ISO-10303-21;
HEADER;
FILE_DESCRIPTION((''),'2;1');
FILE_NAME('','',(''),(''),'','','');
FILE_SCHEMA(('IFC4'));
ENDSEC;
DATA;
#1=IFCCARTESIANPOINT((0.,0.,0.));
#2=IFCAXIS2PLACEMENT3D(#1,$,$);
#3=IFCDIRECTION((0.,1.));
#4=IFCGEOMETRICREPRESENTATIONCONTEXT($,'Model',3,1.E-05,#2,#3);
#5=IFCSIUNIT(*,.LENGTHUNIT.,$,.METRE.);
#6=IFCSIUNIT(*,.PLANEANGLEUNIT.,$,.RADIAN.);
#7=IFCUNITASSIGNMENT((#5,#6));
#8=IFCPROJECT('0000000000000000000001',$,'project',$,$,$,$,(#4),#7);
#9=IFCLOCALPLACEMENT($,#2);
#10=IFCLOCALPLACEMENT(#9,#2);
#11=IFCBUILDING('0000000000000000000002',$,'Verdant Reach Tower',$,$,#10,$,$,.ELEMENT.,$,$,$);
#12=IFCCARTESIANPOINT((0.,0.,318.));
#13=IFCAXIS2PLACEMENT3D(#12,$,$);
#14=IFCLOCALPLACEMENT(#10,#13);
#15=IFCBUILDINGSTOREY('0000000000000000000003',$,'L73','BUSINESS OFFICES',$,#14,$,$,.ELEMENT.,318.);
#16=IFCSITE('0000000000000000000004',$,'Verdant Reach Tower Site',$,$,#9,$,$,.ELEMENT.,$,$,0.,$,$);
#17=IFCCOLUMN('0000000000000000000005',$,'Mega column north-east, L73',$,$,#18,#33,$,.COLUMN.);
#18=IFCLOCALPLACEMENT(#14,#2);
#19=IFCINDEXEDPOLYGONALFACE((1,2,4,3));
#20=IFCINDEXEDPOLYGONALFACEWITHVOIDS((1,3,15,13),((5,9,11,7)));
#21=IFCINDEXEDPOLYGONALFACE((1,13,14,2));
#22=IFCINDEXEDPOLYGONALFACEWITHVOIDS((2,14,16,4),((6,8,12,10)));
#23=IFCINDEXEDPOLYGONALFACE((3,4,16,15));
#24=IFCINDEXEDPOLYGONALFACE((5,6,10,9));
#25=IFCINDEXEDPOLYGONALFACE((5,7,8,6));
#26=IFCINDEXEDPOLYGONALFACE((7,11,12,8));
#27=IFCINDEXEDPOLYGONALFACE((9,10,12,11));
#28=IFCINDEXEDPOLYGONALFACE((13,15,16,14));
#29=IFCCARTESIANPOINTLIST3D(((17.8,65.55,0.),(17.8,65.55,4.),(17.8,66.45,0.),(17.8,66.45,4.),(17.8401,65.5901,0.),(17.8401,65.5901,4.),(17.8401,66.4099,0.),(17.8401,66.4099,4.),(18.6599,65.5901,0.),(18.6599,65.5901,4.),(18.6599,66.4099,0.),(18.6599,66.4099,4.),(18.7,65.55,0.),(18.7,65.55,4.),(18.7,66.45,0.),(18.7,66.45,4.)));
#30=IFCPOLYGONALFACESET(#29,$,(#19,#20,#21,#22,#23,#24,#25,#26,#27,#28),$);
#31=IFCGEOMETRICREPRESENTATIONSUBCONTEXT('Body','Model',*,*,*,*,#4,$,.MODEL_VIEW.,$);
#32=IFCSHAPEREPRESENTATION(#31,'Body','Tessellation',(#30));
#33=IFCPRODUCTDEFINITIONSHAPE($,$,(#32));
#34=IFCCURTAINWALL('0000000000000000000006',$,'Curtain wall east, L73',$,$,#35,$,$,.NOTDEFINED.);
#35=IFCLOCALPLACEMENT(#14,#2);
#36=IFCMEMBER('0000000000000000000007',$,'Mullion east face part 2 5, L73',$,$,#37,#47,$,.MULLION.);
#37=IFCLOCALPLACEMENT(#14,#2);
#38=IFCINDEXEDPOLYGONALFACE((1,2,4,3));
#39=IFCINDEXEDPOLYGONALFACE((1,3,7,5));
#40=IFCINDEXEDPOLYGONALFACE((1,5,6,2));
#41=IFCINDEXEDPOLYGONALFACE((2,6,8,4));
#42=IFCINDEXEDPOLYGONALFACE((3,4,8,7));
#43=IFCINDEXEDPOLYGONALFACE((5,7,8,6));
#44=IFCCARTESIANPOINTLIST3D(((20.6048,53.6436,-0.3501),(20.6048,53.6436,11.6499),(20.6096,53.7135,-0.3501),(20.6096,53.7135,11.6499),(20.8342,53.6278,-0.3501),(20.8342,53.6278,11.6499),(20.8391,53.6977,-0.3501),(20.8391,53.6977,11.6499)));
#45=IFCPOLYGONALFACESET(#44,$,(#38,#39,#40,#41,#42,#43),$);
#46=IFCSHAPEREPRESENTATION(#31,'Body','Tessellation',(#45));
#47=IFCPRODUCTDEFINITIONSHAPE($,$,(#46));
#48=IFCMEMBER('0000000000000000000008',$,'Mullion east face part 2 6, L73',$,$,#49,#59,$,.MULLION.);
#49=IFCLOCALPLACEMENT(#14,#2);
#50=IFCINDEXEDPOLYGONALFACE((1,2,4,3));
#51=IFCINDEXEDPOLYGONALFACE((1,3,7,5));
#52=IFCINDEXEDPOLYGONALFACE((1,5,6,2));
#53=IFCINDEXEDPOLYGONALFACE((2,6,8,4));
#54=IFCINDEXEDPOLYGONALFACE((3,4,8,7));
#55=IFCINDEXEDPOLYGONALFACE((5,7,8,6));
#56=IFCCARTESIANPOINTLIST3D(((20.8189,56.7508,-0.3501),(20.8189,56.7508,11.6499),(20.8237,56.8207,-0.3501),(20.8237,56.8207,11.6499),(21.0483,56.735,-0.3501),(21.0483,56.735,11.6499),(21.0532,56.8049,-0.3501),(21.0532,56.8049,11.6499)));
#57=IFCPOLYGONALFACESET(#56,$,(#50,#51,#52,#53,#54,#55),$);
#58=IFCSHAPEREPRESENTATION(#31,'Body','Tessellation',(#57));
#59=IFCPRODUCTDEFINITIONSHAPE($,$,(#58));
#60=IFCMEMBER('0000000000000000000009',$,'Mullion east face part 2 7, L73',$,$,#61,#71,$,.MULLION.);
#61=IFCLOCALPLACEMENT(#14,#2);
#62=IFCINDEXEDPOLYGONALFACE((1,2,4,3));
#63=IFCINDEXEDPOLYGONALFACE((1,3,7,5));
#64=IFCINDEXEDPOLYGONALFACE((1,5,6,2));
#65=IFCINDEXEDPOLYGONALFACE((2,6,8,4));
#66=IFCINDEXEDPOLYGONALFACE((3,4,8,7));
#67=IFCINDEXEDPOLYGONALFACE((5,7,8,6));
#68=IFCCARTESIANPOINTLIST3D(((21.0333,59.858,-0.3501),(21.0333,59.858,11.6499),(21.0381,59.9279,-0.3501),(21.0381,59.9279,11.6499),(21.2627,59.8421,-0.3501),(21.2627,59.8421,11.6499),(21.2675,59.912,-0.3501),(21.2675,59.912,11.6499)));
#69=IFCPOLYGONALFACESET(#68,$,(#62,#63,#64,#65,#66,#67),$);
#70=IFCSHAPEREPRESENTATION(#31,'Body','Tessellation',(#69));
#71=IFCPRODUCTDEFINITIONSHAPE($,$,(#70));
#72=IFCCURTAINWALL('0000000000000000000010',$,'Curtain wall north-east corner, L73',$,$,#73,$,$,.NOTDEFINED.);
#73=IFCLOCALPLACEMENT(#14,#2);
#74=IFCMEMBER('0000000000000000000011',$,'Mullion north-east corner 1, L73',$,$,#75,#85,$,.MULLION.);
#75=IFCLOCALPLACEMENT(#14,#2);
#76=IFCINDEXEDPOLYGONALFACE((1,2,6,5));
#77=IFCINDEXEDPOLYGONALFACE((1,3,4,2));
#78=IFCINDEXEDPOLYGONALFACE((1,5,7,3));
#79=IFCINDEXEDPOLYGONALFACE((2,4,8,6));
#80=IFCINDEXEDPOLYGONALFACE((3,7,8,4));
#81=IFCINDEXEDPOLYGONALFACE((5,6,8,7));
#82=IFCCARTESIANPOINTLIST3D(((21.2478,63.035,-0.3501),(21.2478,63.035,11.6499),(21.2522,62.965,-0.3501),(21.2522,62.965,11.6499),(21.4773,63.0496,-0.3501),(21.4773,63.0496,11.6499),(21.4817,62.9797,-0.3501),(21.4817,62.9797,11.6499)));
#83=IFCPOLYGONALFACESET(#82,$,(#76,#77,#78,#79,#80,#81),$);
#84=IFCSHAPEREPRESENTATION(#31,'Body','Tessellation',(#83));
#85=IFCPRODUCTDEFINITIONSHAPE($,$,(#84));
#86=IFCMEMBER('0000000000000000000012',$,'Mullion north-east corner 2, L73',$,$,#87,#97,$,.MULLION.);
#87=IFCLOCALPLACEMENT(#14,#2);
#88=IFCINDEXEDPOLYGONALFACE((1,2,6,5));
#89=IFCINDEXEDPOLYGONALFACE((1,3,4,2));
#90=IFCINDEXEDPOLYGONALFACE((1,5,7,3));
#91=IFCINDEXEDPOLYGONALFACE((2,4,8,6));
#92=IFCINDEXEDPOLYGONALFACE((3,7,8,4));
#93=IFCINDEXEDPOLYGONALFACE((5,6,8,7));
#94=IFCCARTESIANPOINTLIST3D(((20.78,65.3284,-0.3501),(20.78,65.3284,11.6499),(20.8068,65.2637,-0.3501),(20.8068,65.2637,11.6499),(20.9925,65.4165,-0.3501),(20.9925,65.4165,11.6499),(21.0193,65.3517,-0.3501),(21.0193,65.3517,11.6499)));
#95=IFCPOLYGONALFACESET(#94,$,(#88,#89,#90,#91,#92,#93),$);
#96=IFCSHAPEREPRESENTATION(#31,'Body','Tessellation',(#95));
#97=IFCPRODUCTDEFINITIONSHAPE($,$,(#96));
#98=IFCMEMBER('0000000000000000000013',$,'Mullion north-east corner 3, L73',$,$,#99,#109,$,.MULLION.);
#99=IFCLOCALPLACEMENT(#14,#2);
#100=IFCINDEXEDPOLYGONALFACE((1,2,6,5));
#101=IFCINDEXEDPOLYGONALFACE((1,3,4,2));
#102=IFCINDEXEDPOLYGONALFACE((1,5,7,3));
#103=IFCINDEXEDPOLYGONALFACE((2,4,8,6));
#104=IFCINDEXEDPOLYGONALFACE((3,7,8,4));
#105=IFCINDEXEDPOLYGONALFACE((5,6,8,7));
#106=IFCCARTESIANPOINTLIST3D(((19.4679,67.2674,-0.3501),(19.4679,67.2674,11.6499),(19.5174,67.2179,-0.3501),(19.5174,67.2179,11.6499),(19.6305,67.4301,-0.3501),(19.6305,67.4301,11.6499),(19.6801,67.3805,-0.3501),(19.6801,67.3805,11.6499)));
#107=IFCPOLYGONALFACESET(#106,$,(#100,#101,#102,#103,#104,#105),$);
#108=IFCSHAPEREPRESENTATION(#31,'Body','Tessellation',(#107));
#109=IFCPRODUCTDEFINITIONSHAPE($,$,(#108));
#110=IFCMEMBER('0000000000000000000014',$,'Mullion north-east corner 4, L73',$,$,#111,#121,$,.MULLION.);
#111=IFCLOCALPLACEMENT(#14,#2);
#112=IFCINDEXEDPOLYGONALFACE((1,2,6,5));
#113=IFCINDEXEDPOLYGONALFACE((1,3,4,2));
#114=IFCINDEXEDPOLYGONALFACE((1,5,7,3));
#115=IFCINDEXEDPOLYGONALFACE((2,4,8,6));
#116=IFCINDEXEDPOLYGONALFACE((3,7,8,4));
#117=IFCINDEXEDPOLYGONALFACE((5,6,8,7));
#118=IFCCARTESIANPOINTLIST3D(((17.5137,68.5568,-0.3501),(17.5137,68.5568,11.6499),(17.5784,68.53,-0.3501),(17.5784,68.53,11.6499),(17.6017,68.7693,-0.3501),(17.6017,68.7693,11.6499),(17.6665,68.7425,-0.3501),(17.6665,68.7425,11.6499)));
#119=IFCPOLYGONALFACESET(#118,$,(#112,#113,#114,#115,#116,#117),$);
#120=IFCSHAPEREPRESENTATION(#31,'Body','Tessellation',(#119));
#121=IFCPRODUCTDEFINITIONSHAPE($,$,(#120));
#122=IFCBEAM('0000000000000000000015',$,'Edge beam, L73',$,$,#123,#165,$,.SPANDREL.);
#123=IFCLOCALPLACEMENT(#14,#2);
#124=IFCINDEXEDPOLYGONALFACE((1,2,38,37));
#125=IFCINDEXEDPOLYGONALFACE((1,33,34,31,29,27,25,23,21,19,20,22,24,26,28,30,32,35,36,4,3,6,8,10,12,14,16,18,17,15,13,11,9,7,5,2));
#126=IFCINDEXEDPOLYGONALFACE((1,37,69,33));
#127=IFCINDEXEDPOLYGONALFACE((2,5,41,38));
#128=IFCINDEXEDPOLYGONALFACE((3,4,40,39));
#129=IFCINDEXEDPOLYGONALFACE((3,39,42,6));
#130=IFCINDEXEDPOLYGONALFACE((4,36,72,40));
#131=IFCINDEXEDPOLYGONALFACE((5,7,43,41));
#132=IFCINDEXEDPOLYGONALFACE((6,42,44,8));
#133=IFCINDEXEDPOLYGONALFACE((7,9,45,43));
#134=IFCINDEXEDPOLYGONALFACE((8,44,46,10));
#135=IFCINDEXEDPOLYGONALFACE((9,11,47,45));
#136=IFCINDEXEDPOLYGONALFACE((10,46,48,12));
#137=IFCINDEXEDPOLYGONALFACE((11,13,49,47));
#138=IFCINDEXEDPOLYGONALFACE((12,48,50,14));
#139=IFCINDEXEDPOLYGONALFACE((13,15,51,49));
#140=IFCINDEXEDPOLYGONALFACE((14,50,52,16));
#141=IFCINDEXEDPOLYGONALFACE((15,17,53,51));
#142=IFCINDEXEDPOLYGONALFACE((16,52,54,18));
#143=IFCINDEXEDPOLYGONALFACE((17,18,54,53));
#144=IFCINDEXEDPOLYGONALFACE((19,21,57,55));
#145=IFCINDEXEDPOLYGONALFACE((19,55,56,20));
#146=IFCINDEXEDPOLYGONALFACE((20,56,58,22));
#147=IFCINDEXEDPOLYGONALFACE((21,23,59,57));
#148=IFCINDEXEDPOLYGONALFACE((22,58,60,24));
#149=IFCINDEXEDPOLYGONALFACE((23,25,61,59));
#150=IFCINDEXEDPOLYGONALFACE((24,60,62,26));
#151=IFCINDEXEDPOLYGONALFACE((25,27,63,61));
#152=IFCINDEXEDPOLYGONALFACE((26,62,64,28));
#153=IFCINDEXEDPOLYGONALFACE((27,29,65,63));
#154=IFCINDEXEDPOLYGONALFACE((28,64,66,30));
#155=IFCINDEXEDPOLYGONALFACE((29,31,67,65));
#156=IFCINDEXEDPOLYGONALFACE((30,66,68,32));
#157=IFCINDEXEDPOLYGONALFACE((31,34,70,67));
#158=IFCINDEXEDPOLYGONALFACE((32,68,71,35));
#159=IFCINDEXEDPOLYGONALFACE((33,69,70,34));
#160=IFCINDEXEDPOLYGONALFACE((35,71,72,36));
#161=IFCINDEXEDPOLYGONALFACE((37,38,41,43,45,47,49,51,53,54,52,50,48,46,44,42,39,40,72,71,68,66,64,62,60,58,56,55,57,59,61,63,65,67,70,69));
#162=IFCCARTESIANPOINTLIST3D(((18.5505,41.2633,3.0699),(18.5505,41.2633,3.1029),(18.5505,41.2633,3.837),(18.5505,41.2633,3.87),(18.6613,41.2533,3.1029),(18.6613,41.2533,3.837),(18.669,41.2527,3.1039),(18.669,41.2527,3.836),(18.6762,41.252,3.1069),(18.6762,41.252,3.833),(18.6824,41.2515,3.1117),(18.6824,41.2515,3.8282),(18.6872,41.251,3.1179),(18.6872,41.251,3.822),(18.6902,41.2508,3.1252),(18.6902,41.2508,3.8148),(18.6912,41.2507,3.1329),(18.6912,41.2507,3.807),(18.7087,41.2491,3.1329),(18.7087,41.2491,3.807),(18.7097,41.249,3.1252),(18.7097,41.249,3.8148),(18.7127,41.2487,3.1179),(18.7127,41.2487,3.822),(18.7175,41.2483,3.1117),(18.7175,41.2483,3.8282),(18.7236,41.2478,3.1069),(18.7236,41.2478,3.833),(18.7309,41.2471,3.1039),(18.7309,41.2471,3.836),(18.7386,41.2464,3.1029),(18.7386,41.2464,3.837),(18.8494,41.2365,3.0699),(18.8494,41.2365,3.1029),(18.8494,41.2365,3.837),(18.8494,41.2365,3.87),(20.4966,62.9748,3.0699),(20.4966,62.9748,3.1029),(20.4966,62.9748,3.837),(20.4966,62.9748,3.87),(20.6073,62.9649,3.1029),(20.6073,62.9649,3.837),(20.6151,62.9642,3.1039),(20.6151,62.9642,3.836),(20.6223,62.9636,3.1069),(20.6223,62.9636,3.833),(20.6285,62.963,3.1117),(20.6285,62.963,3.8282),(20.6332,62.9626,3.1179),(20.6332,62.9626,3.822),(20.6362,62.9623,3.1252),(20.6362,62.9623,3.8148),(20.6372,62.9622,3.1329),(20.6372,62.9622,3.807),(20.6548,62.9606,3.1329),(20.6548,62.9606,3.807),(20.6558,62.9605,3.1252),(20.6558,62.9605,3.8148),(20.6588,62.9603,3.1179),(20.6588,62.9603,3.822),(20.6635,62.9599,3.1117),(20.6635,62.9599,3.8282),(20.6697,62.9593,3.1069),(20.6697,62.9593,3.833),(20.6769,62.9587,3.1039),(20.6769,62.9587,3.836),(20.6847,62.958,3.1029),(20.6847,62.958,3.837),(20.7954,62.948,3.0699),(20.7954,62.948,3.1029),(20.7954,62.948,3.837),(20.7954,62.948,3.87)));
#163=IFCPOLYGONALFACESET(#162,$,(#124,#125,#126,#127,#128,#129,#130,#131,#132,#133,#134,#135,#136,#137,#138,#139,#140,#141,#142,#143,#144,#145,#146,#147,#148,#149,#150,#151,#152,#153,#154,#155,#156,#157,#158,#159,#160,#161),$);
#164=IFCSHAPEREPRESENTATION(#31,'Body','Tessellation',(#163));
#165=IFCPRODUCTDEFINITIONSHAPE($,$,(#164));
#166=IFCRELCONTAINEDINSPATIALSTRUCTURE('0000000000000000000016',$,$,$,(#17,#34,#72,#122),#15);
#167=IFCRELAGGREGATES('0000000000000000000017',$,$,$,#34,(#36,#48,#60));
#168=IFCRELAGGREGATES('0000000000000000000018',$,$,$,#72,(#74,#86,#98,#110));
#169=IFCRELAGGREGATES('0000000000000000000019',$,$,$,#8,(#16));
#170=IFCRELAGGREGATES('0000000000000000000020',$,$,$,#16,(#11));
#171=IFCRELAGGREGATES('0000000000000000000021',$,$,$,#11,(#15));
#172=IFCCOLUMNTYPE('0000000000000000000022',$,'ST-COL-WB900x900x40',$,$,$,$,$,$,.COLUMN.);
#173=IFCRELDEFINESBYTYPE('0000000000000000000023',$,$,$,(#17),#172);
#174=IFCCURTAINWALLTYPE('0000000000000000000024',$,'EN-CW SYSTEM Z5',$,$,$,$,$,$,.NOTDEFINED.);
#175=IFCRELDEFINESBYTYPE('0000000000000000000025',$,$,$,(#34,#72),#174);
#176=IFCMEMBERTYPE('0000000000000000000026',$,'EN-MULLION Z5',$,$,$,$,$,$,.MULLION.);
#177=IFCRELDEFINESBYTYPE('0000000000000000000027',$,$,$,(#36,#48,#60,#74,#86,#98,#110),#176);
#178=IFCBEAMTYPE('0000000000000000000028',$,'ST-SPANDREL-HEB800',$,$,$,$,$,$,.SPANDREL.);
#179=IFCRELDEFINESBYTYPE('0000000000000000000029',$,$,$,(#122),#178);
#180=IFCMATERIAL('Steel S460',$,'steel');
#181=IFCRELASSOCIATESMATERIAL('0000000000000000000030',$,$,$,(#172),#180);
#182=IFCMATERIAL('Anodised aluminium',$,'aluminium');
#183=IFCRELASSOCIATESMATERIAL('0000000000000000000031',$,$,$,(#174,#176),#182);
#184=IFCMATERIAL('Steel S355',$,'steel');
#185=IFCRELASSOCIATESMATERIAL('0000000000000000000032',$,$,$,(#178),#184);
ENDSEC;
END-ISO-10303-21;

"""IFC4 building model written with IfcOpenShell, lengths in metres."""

from ifc_helpers import new_model, si_unit, direction, frame, origin, origin_2d, place, context, subcontext, project, spatial, rectangle, hollow_rectangle, i_section, extrude, material, material_profile, profile_set, type_object, element, aggregate, save


model = new_model("IFC4")

# Units and contexts
model_context = context("Model", 3, precision=1e-05, world=origin(), true_north=direction((0.0, 1.0)))
body_context = subcontext(model_context, "Body", "Model", "MODEL_VIEW")
ifc_project = project(units=[si_unit("LENGTHUNIT", "METRE"), si_unit("PLANEANGLEUNIT", "RADIAN")], contexts=[model_context])

# Site, building, storey
site_placement = place(None, origin())
site = spatial("IfcSite", under=ifc_project, at=site_placement, Name="Verdant Reach Tower Site", CompositionType="ELEMENT", RefElevation=0.0)
building_placement = place(site_placement, origin())
building = spatial("IfcBuilding", under=site, at=building_placement, Name="Verdant Reach Tower", CompositionType="ELEMENT")
storey_placement = place(building_placement, frame((0.0, 0.0, 318.0)))
storey = spatial("IfcBuildingStorey", under=building, at=storey_placement, Name="L73", Description="BUSINESS OFFICES", CompositionType="ELEMENT", Elevation=318.0)

# Column
ifc_material_1 = material(Name="Steel S460", Category="steel")
ifc_material_profile_1 = material_profile(ifc_material_1, hollow_rectangle(XDim=0.8999, YDim=0.8999, WallThickness=0.04, at=origin_2d()), Name="WB 900x900x40")
ifc_profile_set_1 = profile_set([ifc_material_profile_1], Name="Steel S460")
column_type = type_object("IfcColumnType", Name="ST-COL-WB900x900x40", PredefinedType="COLUMN", material=ifc_profile_set_1)
column_placement = place(storey_placement, frame((18.25, 66.0, 0.0), z_axis=(0.0, 0.0, 1.0), x_axis=(1.0, 0.0, 0.0)))
element("IfcColumn", 1, at=column_placement, inside=storey, type_object=column_type, Name="Mega column north-east, L73", PredefinedType="COLUMN", context=body_context, shape_type="SweptSolid", body=[
    extrude(hollow_rectangle(XDim=0.8999, YDim=0.8999, WallThickness=0.04, at=origin_2d()), origin(), (0.0, 0.0, 1.0), 4.0),
])

# Curtain walls, members
ifc_material_2 = material(Name="Anodised aluminium", Category="aluminium")
curtain_wall_type = type_object("IfcCurtainWallType", Name="EN-CW SYSTEM Z5", PredefinedType="NOTDEFINED", material=ifc_material_2)
curtain_wall_1_placement = place(storey_placement, origin())
curtain_wall_1 = element("IfcCurtainWall", 2, at=curtain_wall_1_placement, inside=storey, type_object=curtain_wall_type, Name="Curtain wall east, L73", PredefinedType="NOTDEFINED")
ifc_material_profile_2 = material_profile(ifc_material_2, rectangle(XDim=0.23, YDim=0.0701, at=origin_2d()), Name="Mullion 70x230")
ifc_profile_set_2 = profile_set([ifc_material_profile_2], Name="Anodised aluminium")
member_type = type_object("IfcMemberType", Name="EN-MULLION Z5", PredefinedType="MULLION", material=ifc_profile_set_2)
member_1_placement = place(storey_placement, frame((20.7219, 53.6707, -0.3501), z_axis=(0.0, 0.0, 1.0), x_axis=(0.99763, -0.068802, 0.0)))
member_1 = element("IfcMember", 3, at=member_1_placement, type_object=member_type, Name="Mullion east face part 2 5, L73", PredefinedType="MULLION", context=body_context, shape_type="SweptSolid", body=[
    extrude(rectangle(XDim=0.23, YDim=0.0701, at=origin_2d()), origin(), (0.0, 0.0, 1.0), 12.0),
])
member_2_placement = place(storey_placement, frame((20.936, 56.7778, -0.3501), z_axis=(0.0, 0.0, 1.0), x_axis=(0.99763, -0.068802, 0.0)))
member_2 = element("IfcMember", 4, at=member_2_placement, type_object=member_type, Name="Mullion east face part 2 6, L73", PredefinedType="MULLION", context=body_context, shape_type="SweptSolid", body=[
    extrude(rectangle(XDim=0.23, YDim=0.0701, at=origin_2d()), origin(), (0.0, 0.0, 1.0), 12.0),
])
member_3_placement = place(storey_placement, frame((21.1504, 59.885, -0.3501), z_axis=(0.0, 0.0, 1.0), x_axis=(0.99763, -0.068802, 0.0)))
member_3 = element("IfcMember", 5, at=member_3_placement, type_object=member_type, Name="Mullion east face part 2 7, L73", PredefinedType="MULLION", context=body_context, shape_type="SweptSolid", body=[
    extrude(rectangle(XDim=0.23, YDim=0.0701, at=origin_2d()), origin(), (0.0, 0.0, 1.0), 12.0),
])
curtain_wall_2_placement = place(storey_placement, origin())
curtain_wall_2 = element("IfcCurtainWall", 6, at=curtain_wall_2_placement, inside=storey, type_object=curtain_wall_type, Name="Curtain wall north-east corner, L73", PredefinedType="NOTDEFINED")
member_4_placement = place(storey_placement, frame((21.3647, 63.0073, -0.3501), z_axis=(0.0, 0.0, 1.0), x_axis=(0.997969, 0.063699, 0.0)))
member_4 = element("IfcMember", 7, at=member_4_placement, type_object=member_type, Name="Mullion north-east corner 1, L73", PredefinedType="MULLION", context=body_context, shape_type="SweptSolid", body=[
    extrude(rectangle(XDim=0.23, YDim=0.0701, at=origin_2d()), origin(), (0.0, 0.0, 1.0), 12.0),
])
member_5_placement = place(storey_placement, frame((20.8997, 65.3401, -0.3501), z_axis=(0.0, 0.0, 1.0), x_axis=(0.923875, 0.382694, 0.0)))
member_5 = element("IfcMember", 8, at=member_5_placement, type_object=member_type, Name="Mullion north-east corner 2, L73", PredefinedType="MULLION", context=body_context, shape_type="SweptSolid", body=[
    extrude(rectangle(XDim=0.23, YDim=0.0701, at=origin_2d()), origin(), (0.0, 0.0, 1.0), 12.0),
])
member_6_placement = place(storey_placement, frame((19.574, 67.324, -0.3501), z_axis=(0.0, 0.0, 1.0), x_axis=(0.707107, 0.707107, 0.0)))
member_6 = element("IfcMember", 9, at=member_6_placement, type_object=member_type, Name="Mullion north-east corner 3, L73", PredefinedType="MULLION", context=body_context, shape_type="SweptSolid", body=[
    extrude(rectangle(XDim=0.23, YDim=0.0701, at=origin_2d()), origin(), (0.0, 0.0, 1.0), 12.0),
])
member_7_placement = place(storey_placement, frame((17.5901, 68.6497, -0.3501), z_axis=(0.0, 0.0, 1.0), x_axis=(0.382694, 0.923875, 0.0)))
member_7 = element("IfcMember", 10, at=member_7_placement, type_object=member_type, Name="Mullion north-east corner 4, L73", PredefinedType="MULLION", context=body_context, shape_type="SweptSolid", body=[
    extrude(rectangle(XDim=0.23, YDim=0.0701, at=origin_2d()), origin(), (0.0, 0.0, 1.0), 12.0),
])

# Beam
ifc_material_3 = material(Name="Steel S355", Category="steel")
ifc_material_profile_3 = material_profile(ifc_material_3, i_section(OverallWidth=0.3, OverallDepth=0.8, WebThickness=0.0176, FlangeThickness=0.033, FilletRadius=0.03, at=origin_2d()), Name="HEB 800")
ifc_profile_set_3 = profile_set([ifc_material_profile_3], Name="Steel S355")
beam_type_1 = type_object("IfcBeamType", Name="ST-SPANDREL-HEB800", PredefinedType="SPANDREL", material=ifc_profile_set_3)
beam_1_placement = place(storey_placement, frame((20.646, 62.9614, 3.47), z_axis=(-0.089274, -0.996007, 0.0), x_axis=(0.996007, -0.089274, 0.0)))
element("IfcBeam", 11, at=beam_1_placement, inside=storey, type_object=beam_type_1, Name="Edge beam, L73", PredefinedType="SPANDREL", context=body_context, shape_type="SweptSolid", body=[
    extrude(i_section(OverallWidth=0.3, OverallDepth=0.8, WebThickness=0.0176, FlangeThickness=0.033, FilletRadius=0.03, at=origin_2d()), origin(), (0.0, 0.0, 1.0), 21.7986),
])

aggregate(curtain_wall_1, [member_1, member_2, member_3])
aggregate(curtain_wall_2, [member_4, member_5, member_6, member_7])

save(model, "model.ifc")
